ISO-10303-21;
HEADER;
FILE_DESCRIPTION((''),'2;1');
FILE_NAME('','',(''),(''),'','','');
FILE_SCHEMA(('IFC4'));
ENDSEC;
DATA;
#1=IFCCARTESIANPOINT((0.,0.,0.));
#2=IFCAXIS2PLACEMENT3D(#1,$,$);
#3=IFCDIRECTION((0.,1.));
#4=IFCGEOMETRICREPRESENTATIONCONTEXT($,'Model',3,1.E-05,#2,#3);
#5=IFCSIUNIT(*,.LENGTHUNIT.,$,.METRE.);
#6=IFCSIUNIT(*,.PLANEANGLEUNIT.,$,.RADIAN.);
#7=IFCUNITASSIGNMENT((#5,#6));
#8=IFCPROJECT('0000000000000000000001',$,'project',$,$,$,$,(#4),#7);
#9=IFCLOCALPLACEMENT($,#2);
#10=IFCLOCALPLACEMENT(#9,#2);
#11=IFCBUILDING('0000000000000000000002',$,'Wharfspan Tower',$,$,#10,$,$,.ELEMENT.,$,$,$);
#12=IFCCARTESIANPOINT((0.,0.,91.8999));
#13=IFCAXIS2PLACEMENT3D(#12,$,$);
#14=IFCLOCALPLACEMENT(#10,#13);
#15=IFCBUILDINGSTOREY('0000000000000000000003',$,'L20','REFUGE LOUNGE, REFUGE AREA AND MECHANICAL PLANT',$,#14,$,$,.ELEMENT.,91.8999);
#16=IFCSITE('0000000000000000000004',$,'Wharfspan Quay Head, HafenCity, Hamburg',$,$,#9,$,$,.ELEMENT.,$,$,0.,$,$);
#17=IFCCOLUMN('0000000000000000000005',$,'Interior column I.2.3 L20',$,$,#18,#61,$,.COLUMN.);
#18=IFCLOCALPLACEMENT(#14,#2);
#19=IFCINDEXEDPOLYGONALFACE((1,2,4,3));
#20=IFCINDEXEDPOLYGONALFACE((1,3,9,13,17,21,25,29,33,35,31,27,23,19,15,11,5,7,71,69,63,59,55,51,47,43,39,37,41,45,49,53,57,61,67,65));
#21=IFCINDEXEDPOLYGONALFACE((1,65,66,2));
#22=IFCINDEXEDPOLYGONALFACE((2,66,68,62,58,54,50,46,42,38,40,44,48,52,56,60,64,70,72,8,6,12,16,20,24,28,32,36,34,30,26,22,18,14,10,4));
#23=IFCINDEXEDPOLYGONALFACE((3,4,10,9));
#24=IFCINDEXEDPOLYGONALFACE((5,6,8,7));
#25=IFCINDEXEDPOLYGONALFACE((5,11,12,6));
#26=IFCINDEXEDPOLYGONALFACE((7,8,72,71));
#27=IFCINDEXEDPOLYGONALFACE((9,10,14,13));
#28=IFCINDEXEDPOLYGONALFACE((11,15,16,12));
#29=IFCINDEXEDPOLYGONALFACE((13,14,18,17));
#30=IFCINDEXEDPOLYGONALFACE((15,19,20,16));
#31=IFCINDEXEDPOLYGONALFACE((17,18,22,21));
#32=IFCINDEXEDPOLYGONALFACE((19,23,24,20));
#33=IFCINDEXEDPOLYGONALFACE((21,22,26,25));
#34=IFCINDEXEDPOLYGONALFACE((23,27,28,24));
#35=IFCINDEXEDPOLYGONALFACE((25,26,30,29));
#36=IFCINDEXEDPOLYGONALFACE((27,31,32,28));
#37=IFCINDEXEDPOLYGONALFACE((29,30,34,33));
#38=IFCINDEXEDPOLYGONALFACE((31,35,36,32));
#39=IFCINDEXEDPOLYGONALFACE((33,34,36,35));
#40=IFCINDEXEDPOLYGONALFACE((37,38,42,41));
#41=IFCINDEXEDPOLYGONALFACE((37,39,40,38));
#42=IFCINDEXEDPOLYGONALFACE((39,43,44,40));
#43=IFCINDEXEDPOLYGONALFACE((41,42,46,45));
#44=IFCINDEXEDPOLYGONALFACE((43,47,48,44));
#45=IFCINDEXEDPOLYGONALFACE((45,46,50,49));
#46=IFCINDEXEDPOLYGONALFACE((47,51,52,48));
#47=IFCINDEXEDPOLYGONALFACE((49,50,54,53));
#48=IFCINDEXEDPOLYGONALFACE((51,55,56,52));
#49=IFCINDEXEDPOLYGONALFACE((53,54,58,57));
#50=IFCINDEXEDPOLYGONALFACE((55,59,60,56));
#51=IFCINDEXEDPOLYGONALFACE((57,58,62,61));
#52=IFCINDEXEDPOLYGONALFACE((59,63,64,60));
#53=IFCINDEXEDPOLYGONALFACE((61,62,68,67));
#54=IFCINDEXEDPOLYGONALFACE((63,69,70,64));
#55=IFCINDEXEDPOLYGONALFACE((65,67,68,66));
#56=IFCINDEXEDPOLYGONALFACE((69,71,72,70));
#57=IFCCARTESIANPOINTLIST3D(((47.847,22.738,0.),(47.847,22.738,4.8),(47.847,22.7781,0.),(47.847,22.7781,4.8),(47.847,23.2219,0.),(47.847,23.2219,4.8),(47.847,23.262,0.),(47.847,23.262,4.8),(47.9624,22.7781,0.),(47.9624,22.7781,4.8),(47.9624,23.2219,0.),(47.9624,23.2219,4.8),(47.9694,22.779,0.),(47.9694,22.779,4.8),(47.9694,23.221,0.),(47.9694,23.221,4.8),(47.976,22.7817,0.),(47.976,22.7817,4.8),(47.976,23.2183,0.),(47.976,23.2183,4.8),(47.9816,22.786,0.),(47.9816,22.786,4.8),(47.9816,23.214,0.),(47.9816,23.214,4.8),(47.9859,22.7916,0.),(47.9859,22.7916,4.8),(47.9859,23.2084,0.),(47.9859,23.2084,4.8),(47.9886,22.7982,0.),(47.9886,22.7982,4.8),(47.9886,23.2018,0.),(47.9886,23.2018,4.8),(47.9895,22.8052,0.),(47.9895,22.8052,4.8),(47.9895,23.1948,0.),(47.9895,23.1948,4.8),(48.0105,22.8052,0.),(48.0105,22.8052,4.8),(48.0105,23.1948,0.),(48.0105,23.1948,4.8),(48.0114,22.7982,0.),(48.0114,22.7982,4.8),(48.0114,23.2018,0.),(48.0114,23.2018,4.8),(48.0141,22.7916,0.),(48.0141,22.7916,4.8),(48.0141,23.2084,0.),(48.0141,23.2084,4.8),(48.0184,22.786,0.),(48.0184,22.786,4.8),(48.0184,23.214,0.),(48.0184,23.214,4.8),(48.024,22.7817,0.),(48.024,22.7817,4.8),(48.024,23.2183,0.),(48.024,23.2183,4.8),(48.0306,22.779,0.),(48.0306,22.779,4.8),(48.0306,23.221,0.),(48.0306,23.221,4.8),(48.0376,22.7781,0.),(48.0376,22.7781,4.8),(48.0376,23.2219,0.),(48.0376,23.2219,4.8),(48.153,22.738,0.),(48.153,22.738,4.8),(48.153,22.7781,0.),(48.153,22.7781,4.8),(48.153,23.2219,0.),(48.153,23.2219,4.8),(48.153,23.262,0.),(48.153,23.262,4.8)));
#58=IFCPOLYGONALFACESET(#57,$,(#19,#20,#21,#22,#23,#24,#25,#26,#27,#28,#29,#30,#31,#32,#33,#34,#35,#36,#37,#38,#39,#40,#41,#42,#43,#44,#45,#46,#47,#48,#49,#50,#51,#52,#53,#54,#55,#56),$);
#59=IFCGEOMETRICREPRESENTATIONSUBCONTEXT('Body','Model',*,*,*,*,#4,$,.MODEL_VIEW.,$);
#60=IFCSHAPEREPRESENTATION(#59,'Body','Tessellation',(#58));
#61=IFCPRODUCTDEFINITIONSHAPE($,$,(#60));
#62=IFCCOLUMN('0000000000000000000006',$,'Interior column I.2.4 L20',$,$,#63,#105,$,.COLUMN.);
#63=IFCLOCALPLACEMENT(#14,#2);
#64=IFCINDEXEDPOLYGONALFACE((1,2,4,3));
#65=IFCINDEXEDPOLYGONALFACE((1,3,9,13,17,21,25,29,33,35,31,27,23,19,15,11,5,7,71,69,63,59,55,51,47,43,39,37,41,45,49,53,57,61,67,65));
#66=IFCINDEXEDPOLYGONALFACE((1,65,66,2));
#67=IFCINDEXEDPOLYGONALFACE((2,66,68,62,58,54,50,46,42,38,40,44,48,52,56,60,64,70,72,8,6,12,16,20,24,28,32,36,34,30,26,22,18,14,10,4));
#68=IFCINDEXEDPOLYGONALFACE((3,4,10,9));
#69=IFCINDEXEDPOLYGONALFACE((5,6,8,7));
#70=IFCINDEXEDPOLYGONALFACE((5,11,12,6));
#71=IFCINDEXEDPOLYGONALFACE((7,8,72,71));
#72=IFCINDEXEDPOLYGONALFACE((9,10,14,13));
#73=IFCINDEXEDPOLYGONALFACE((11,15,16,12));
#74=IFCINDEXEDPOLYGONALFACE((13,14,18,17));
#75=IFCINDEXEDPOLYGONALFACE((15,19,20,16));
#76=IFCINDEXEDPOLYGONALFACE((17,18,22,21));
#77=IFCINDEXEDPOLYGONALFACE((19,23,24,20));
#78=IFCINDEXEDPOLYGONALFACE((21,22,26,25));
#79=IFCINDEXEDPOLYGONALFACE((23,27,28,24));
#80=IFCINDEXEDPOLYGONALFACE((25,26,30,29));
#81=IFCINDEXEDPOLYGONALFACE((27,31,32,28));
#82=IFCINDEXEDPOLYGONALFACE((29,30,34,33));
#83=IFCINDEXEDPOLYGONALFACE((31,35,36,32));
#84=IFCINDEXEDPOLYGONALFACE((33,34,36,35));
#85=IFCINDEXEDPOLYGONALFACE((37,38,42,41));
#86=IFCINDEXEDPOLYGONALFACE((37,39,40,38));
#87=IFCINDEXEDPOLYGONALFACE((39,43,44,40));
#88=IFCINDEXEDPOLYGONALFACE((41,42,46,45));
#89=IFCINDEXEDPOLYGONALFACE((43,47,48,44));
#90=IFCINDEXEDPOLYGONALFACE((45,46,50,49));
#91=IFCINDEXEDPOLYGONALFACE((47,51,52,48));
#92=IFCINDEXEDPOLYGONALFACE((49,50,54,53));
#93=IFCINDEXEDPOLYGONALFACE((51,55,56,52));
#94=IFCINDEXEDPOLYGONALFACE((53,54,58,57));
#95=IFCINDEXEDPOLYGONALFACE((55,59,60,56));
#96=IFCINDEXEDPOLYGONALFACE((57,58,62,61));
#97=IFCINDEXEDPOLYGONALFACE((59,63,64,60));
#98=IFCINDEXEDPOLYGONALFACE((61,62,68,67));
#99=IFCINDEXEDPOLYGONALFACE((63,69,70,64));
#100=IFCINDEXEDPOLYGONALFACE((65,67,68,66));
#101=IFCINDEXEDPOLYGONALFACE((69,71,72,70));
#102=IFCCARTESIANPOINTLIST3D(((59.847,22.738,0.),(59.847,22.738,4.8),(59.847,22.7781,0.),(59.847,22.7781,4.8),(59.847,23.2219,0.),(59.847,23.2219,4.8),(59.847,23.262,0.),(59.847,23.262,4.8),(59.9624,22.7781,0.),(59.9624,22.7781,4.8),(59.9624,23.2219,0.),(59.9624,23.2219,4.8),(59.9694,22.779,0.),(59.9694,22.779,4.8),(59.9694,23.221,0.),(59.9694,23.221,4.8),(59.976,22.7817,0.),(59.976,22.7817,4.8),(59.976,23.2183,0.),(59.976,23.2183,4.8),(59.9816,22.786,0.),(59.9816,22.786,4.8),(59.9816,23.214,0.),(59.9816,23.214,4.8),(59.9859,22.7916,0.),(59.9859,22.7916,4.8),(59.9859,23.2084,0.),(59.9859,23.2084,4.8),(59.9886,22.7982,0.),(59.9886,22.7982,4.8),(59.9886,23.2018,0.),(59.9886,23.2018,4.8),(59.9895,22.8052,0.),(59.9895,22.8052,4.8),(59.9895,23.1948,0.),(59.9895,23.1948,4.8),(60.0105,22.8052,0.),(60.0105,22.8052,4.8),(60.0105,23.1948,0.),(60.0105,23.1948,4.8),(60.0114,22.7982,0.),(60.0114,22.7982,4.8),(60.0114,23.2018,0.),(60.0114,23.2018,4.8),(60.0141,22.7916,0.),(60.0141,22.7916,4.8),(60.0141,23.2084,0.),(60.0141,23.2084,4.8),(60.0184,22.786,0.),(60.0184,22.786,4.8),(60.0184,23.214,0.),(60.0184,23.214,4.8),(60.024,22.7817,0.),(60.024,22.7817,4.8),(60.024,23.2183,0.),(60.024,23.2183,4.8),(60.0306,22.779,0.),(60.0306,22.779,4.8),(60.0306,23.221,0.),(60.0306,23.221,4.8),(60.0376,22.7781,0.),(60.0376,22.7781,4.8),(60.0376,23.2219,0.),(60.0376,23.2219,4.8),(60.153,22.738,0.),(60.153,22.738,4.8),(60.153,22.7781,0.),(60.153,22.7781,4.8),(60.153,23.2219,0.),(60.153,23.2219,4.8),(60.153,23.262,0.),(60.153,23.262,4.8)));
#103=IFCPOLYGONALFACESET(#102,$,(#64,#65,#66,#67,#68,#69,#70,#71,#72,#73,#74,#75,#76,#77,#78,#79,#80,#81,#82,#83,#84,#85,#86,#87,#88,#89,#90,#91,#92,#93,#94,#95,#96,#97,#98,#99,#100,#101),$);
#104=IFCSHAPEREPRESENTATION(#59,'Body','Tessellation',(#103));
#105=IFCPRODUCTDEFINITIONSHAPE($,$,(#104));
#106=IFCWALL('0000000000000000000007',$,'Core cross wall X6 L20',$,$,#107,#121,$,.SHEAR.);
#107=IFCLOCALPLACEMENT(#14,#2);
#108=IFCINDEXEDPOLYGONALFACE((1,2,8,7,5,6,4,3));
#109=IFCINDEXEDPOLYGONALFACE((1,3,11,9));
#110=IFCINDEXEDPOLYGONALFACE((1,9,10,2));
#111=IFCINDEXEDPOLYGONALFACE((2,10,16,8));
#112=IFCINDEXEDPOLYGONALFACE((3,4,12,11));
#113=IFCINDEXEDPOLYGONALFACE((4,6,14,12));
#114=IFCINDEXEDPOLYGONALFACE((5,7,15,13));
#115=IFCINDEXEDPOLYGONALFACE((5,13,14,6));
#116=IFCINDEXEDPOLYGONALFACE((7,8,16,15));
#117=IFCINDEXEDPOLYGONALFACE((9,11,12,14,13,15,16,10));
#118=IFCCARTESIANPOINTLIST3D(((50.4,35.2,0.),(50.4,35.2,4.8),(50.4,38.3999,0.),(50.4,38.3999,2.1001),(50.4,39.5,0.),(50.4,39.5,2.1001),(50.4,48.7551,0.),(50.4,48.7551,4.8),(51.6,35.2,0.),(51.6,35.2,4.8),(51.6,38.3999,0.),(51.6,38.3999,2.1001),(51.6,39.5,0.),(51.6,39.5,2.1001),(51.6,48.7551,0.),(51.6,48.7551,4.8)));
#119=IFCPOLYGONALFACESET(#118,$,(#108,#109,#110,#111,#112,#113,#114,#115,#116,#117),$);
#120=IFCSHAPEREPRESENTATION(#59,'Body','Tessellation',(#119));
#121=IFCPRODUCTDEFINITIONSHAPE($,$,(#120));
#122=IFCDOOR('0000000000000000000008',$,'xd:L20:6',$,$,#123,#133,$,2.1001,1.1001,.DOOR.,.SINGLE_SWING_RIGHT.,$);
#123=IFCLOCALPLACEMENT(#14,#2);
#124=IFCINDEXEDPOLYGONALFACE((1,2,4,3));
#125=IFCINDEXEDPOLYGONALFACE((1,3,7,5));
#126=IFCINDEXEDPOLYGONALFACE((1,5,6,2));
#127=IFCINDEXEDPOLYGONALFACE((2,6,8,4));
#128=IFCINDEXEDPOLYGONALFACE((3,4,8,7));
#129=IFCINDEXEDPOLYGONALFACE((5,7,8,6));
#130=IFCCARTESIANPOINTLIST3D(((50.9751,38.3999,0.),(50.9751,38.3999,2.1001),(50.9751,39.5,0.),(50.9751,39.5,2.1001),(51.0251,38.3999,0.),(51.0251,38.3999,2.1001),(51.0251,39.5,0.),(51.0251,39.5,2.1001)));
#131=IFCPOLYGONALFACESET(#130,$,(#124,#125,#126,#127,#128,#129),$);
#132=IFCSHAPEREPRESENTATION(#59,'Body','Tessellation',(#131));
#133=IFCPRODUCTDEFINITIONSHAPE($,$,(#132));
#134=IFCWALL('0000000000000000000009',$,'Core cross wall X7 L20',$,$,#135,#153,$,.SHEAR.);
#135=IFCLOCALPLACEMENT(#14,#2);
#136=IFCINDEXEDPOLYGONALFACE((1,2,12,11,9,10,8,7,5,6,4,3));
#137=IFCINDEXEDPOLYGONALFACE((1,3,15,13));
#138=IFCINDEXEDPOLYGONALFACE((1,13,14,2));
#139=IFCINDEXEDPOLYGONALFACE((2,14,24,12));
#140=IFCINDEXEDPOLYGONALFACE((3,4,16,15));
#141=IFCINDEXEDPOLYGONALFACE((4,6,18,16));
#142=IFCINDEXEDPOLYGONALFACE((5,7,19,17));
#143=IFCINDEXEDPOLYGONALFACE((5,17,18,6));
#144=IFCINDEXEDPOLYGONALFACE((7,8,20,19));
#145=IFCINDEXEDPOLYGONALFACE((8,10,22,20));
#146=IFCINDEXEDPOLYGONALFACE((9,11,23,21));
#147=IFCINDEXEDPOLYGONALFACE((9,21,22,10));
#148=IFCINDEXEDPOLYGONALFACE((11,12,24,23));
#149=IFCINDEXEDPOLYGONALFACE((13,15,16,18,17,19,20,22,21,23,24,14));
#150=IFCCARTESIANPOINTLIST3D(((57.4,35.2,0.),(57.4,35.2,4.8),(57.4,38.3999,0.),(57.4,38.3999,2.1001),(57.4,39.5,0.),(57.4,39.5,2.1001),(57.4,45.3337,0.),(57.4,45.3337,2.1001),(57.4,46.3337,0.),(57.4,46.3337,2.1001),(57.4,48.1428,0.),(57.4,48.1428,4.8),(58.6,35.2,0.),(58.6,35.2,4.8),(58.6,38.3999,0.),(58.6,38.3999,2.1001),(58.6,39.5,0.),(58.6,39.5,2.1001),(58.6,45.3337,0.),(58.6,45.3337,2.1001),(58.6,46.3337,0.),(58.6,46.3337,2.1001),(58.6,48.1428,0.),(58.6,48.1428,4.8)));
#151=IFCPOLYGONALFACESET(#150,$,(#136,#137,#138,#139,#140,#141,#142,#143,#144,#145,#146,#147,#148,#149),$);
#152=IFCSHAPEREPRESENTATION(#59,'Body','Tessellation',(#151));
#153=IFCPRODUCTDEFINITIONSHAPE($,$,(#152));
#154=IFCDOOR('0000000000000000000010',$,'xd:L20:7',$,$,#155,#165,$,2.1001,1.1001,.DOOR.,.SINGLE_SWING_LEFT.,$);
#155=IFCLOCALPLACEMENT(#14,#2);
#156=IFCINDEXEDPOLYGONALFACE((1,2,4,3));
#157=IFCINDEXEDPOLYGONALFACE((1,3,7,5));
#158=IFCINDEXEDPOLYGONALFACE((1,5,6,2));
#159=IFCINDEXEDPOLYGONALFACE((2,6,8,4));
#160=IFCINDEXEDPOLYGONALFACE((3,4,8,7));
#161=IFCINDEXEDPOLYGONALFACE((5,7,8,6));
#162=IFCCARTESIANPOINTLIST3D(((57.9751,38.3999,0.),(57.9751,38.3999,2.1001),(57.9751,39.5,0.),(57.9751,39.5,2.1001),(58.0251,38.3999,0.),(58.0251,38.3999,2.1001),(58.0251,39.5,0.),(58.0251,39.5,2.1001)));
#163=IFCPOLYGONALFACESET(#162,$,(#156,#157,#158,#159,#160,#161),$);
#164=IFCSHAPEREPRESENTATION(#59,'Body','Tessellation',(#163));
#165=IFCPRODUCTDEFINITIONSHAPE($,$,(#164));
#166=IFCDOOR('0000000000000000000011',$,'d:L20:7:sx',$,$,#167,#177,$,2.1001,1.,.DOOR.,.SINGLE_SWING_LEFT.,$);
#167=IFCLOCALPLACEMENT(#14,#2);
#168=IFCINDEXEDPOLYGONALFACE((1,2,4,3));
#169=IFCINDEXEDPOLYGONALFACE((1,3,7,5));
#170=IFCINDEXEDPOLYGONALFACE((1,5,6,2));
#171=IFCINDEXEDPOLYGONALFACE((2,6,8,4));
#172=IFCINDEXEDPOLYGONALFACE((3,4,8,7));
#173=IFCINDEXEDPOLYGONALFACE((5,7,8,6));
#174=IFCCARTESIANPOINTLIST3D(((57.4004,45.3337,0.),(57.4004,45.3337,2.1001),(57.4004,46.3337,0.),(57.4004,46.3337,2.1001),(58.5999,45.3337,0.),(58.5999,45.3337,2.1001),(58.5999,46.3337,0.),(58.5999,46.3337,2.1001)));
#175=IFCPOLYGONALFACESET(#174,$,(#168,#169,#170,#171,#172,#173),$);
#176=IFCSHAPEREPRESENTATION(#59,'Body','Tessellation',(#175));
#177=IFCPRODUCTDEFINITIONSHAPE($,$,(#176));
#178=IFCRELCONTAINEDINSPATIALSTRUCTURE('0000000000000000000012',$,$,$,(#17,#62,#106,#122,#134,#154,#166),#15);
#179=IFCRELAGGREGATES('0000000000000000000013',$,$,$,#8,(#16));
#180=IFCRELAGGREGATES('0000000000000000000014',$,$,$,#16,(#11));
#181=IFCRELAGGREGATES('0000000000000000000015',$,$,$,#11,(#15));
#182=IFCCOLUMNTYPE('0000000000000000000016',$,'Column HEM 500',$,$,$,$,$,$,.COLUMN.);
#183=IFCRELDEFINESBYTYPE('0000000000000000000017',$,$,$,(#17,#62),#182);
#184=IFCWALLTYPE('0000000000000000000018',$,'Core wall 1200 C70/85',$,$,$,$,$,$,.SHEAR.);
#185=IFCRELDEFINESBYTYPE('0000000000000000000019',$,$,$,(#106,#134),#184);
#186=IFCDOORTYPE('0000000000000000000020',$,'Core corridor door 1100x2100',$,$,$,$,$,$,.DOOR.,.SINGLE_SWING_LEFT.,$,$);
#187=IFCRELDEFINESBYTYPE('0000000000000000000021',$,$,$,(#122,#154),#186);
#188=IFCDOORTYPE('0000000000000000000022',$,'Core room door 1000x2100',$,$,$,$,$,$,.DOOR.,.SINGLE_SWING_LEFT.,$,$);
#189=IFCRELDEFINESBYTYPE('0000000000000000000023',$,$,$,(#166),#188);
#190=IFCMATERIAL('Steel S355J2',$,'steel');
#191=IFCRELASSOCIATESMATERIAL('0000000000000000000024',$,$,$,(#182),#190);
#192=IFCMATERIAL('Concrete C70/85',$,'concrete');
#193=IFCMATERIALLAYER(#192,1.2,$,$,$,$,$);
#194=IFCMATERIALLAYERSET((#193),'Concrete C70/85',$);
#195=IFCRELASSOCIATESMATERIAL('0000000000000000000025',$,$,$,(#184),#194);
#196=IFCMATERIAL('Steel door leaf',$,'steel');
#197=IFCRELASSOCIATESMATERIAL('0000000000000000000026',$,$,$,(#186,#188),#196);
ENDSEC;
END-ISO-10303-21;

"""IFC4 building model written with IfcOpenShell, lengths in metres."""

from ifc_helpers import new_model, si_unit, direction, frame, frame_2d, origin, origin_2d, place, context, subcontext, project, spatial, rectangle, i_section, extrude, material, layer, layer_set, material_profile, profile_set, type_object, element, fill, save


model = new_model("IFC4")

# Units and contexts
model_context = context("Model", 3, precision=1e-05, world=origin(), true_north=direction((0.0, 1.0)))
body_context = subcontext(model_context, "Body", "Model", "MODEL_VIEW")
ifc_project = project(units=[si_unit("LENGTHUNIT", "METRE"), si_unit("PLANEANGLEUNIT", "RADIAN")], contexts=[model_context])

# Site, building, storey
site_placement = place(None, origin())
site = spatial("IfcSite", under=ifc_project, at=site_placement, Name="Wharfspan Quay Head, HafenCity, Hamburg", CompositionType="ELEMENT", RefElevation=0.0)
building_placement = place(site_placement, origin())
building = spatial("IfcBuilding", under=site, at=building_placement, Name="Wharfspan Tower", CompositionType="ELEMENT")
storey_placement = place(building_placement, frame((0.0, 0.0, 91.8999)))
storey = spatial("IfcBuildingStorey", under=building, at=storey_placement, Name="L20", Description="REFUGE LOUNGE, REFUGE AREA AND MECHANICAL PLANT", CompositionType="ELEMENT", Elevation=91.8999)

# Columns
ifc_material_1 = material(Name="Steel S355J2", Category="steel")
ifc_material_profile = material_profile(ifc_material_1, i_section(OverallWidth=0.3059, OverallDepth=0.5239, WebThickness=0.021, FlangeThickness=0.04, FilletRadius=0.0271, at=origin_2d()))
ifc_profile_set = profile_set([ifc_material_profile], Name="Steel S355J2")
column_type = type_object("IfcColumnType", Name="Column HEM 500", PredefinedType="COLUMN", material=ifc_profile_set)
for number, where, z_axis, x_axis, name in (
    (1, (48.0, 23.0, 0.0), (0.0, 0.0, 1.0), (1.0, 0.0, 0.0), "Interior column I.2.3 L20"),
    (2, (60.0, 23.0, 0.0), (0.0, 0.0, 1.0), (1.0, 0.0, 0.0), "Interior column I.2.4 L20"),
):
    element("IfcColumn", number, at=place(storey_placement, frame(where, z_axis=z_axis, x_axis=x_axis)), inside=storey, type_object=column_type, Name=name, PredefinedType="COLUMN", context=body_context, shape_type="SweptSolid", body=[
        extrude(i_section(OverallWidth=0.3059, OverallDepth=0.5239, WebThickness=0.021, FlangeThickness=0.04, FilletRadius=0.0271, at=origin_2d()), origin(), (0.0, 0.0, 1.0), 4.8),
    ])

# Wall, opening, door
ifc_material_2 = material(Name="Concrete C70/85", Category="concrete")
ifc_layer_1 = layer(ifc_material_2, 1.2)
ifc_layer_set_1 = layer_set([ifc_layer_1], Name="Concrete C70/85")
wall_type_1 = type_object("IfcWallType", Name="Core wall 1200 C70/85", PredefinedType="SHEAR", material=ifc_layer_set_1)
wall_1_placement = place(storey_placement, frame((51.0, 35.2, 0.0), z_axis=(0.0, 0.0, 1.0), x_axis=(0.0, 1.0, 0.0)))
wall_1 = element("IfcWall", 3, at=wall_1_placement, inside=storey, type_object=wall_type_1, Name="Core cross wall X6 L20", PredefinedType="SHEAR", context=body_context, shape_type="SweptSolid", body=[
    extrude(rectangle(XDim=13.5552, YDim=1.2, at=frame_2d((6.7776, 0.0))), origin(), (0.0, 0.0, 1.0), 4.8),
])
opening_1_placement = place(wall_1_placement, frame((3.2, 0.0, 0.0)))
opening_1 = element("IfcOpeningElement", 4, at=opening_1_placement, cuts=wall_1, PredefinedType="OPENING", context=body_context, shape_type="SweptSolid", body=[
    extrude(rectangle(XDim=1.1001, YDim=2.1001, at=frame_2d((0.55, 1.05))), frame((0.0, 0.6099, 0.0), z_axis=(0.0, -1.0, 0.0), x_axis=(1.0, 0.0, 0.0)), (0.0, 0.0, 1.0), 1.22),
])
ifc_material_3 = material(Name="Steel door leaf", Category="steel")
door_type_1 = type_object("IfcDoorType", Name="Core corridor door 1100x2100", OperationType="SINGLE_SWING_LEFT", PredefinedType="DOOR", material=ifc_material_3)
door_1_placement = place(opening_1_placement, origin())
door_1 = element("IfcDoor", 5, at=door_1_placement, inside=storey, type_object=door_type_1, Name="xd:L20:6", OperationType="SINGLE_SWING_RIGHT", OverallHeight=2.1001, OverallWidth=1.1001, PredefinedType="DOOR", context=body_context, shape_type="SweptSolid", body=[
    extrude(rectangle(XDim=1.1001, YDim=2.1001, at=frame_2d((0.55, 1.05))), frame((0.0, 0.0249, 0.0), z_axis=(0.0, -1.0, 0.0), x_axis=(1.0, 0.0, 0.0)), (0.0, 0.0, 1.0), 0.05),
])
fill(opening_1, door_1)

# Wall, openings, doors
wall_2_placement = place(storey_placement, frame((58.0, 35.2, 0.0), z_axis=(0.0, 0.0, 1.0), x_axis=(0.0, 1.0, 0.0)))
wall_2 = element("IfcWall", 6, at=wall_2_placement, inside=storey, type_object=wall_type_1, Name="Core cross wall X7 L20", PredefinedType="SHEAR", context=body_context, shape_type="SweptSolid", body=[
    extrude(rectangle(XDim=12.9429, YDim=1.2, at=frame_2d((6.4714, 0.0))), origin(), (0.0, 0.0, 1.0), 4.8),
])
opening_2_placement = place(wall_2_placement, frame((10.1338, 0.0, 0.0)))
opening_2 = element("IfcOpeningElement", 7, at=opening_2_placement, cuts=wall_2, PredefinedType="OPENING", context=body_context, shape_type="SweptSolid", body=[
    extrude(rectangle(XDim=1.0, YDim=2.1001, at=frame_2d((0.5, 1.05))), frame((0.0, 0.6099, 0.0), z_axis=(0.0, -1.0, 0.0), x_axis=(1.0, 0.0, 0.0)), (0.0, 0.0, 1.0), 1.22),
])
opening_3_placement = place(wall_2_placement, frame((3.2, 0.0, 0.0)))
opening_3 = element("IfcOpeningElement", 8, at=opening_3_placement, cuts=wall_2, PredefinedType="OPENING", context=body_context, shape_type="SweptSolid", body=[
    extrude(rectangle(XDim=1.1001, YDim=2.1001, at=frame_2d((0.55, 1.05))), frame((0.0, 0.6099, 0.0), z_axis=(0.0, -1.0, 0.0), x_axis=(1.0, 0.0, 0.0)), (0.0, 0.0, 1.0), 1.22),
])
door_2_placement = place(opening_3_placement, origin())
door_2 = element("IfcDoor", 9, at=door_2_placement, inside=storey, type_object=door_type_1, Name="xd:L20:7", OperationType="SINGLE_SWING_LEFT", OverallHeight=2.1001, OverallWidth=1.1001, PredefinedType="DOOR", context=body_context, shape_type="SweptSolid", body=[
    extrude(rectangle(XDim=1.1001, YDim=2.1001, at=frame_2d((0.55, 1.05))), frame((0.0, 0.0249, 0.0), z_axis=(0.0, -1.0, 0.0), x_axis=(1.0, 0.0, 0.0)), (0.0, 0.0, 1.0), 0.05),
])
fill(opening_3, door_2)
door_type_2 = type_object("IfcDoorType", Name="Core room door 1000x2100", OperationType="SINGLE_SWING_LEFT", PredefinedType="DOOR", material=ifc_material_3)
door_3_placement = place(opening_2_placement, origin())
door_3 = element("IfcDoor", 10, at=door_3_placement, inside=storey, type_object=door_type_2, Name="d:L20:7:sx", OperationType="SINGLE_SWING_LEFT", OverallHeight=2.1001, OverallWidth=1.0, PredefinedType="DOOR", context=body_context, shape_type="SweptSolid", body=[
    extrude(rectangle(XDim=1.0, YDim=2.1001, at=frame_2d((0.5, 1.05))), frame((0.0, 0.5996, 0.0), z_axis=(0.0, -1.0, 0.0), x_axis=(1.0, 0.0, 0.0)), (0.0, 0.0, 1.0), 1.1995),
])
fill(opening_2, door_3)

save(model, "model.ifc")
